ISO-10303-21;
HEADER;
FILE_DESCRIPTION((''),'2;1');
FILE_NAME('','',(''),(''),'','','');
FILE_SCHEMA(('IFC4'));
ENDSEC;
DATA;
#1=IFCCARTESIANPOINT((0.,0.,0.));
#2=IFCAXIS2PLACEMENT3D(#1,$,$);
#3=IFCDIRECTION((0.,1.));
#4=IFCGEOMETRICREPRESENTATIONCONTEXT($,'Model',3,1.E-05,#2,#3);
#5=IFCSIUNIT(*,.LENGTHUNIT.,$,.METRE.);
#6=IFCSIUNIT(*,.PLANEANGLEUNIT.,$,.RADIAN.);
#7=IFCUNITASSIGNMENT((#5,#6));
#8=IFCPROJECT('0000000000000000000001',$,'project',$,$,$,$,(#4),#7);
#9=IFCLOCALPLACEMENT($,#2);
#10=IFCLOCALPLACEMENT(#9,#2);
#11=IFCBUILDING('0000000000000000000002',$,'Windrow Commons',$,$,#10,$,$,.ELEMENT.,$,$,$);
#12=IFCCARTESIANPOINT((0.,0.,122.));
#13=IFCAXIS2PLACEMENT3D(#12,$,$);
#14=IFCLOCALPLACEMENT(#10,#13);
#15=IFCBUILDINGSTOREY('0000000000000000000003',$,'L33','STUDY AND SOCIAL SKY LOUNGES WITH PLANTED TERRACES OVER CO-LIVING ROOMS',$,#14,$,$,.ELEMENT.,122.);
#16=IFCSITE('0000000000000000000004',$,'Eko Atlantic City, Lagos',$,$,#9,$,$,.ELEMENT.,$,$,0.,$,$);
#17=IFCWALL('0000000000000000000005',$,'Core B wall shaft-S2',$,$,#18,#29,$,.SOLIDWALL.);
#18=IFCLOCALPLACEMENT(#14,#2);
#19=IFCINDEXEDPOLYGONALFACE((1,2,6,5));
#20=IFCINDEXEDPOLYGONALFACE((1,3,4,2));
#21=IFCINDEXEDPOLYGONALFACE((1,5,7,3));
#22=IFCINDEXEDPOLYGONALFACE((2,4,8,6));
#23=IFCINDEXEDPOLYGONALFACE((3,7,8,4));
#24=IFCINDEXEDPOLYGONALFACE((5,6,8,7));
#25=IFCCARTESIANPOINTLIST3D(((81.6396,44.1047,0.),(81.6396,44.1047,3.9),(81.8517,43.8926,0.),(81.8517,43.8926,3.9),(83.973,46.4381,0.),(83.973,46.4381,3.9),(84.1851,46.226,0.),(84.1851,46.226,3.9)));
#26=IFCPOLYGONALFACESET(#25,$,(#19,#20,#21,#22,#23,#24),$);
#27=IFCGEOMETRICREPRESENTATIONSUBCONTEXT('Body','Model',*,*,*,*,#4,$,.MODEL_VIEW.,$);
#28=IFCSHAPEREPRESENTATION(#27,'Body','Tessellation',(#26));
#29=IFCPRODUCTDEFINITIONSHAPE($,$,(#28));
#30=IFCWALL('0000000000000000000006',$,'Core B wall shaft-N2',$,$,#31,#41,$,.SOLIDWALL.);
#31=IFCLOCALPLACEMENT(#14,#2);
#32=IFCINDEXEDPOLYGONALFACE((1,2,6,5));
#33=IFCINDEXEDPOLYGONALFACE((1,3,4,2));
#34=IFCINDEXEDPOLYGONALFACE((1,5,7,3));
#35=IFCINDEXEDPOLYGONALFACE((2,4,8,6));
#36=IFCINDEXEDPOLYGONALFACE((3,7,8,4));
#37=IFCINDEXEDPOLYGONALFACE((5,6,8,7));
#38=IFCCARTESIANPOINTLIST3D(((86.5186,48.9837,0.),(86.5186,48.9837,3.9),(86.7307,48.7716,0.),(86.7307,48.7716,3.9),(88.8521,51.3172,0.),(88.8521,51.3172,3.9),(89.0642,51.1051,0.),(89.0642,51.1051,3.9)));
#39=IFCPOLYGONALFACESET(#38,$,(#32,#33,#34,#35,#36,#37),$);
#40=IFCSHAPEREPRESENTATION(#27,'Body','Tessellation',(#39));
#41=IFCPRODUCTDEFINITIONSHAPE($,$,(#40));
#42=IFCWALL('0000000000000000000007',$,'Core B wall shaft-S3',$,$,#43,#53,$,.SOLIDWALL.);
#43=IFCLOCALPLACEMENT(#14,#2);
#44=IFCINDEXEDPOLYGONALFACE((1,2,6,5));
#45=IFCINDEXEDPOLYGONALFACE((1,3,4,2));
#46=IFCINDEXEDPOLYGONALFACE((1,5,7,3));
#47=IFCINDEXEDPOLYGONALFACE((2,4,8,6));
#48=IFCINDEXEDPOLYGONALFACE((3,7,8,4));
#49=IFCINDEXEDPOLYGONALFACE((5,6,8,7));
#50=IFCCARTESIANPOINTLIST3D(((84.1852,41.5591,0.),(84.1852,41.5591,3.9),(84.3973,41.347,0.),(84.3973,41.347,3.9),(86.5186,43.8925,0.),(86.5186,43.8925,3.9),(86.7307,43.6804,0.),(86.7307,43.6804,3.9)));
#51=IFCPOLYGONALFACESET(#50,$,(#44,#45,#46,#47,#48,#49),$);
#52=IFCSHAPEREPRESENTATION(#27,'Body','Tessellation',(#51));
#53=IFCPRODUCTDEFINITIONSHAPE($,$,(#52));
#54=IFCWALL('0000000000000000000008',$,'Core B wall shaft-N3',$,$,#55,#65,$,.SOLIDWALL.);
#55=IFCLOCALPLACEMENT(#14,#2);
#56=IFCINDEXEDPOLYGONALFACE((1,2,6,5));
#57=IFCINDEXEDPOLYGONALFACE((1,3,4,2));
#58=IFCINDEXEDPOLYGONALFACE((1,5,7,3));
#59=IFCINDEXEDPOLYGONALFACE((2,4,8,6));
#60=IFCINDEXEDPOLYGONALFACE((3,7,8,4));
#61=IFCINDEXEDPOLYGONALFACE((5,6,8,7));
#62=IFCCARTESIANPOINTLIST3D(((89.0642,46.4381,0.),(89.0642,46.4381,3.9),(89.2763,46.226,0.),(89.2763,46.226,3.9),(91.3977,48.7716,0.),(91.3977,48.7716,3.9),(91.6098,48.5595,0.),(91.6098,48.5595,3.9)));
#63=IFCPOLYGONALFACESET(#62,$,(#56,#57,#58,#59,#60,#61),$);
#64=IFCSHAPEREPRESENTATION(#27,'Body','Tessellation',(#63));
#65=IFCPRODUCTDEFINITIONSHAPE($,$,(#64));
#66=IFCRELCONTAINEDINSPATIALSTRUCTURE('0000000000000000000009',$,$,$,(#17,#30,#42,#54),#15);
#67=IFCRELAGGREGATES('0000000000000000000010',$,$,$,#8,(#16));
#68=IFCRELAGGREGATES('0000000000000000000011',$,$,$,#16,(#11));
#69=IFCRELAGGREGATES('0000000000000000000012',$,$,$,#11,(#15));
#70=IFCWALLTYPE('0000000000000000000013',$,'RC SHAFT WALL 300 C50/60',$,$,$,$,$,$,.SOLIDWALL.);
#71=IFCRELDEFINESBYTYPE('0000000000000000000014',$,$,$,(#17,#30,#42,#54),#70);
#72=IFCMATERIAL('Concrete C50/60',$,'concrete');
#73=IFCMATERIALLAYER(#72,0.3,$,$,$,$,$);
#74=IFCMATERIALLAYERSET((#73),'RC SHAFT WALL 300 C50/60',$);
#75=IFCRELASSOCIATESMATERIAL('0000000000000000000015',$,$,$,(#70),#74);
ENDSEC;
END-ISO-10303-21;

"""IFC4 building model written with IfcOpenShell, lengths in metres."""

from ifc_helpers import new_model, si_unit, direction, frame, frame_2d, origin, place, context, subcontext, project, spatial, rectangle, extrude, material, layer, layer_set, type_object, element, save


model = new_model("IFC4")

# Units and contexts
model_context = context("Model", 3, precision=1e-05, world=origin(), true_north=direction((0.0, 1.0)))
body_context = subcontext(model_context, "Body", "Model", "MODEL_VIEW")
ifc_project = project(units=[si_unit("LENGTHUNIT", "METRE"), si_unit("PLANEANGLEUNIT", "RADIAN")], contexts=[model_context])

# Site, building, storey
site_placement = place(None, origin())
site = spatial("IfcSite", under=ifc_project, at=site_placement, Name="Eko Atlantic City, Lagos", CompositionType="ELEMENT", RefElevation=0.0)
building_placement = place(site_placement, origin())
building = spatial("IfcBuilding", under=site, at=building_placement, Name="Windrow Commons", CompositionType="ELEMENT")
storey_placement = place(building_placement, frame((0.0, 0.0, 122.0)))
storey = spatial("IfcBuildingStorey", under=building, at=storey_placement, Name="L33", Description="STUDY AND SOCIAL SKY LOUNGES WITH PLANTED TERRACES OVER CO-LIVING ROOMS", CompositionType="ELEMENT", Elevation=122.0)

# Walls
ifc_material_1 = material(Name="Concrete C50/60", Category="concrete")
ifc_layer_1 = layer(ifc_material_1, 0.3)
ifc_layer_set_1 = layer_set([ifc_layer_1], Name="RC SHAFT WALL 300 C50/60")
wall_type_1 = type_object("IfcWallType", Name="RC SHAFT WALL 300 C50/60", PredefinedType="SOLIDWALL", material=ifc_layer_set_1)
wall_1_placement = place(storey_placement, frame((81.7456, 43.9986, 0.0), z_axis=(0.0, 0.0, 1.0), x_axis=(0.707107, 0.707107, 0.0)))
element("IfcWall", 1, at=wall_1_placement, inside=storey, type_object=wall_type_1, Name="Core B wall shaft-S2", PredefinedType="SOLIDWALL", context=body_context, shape_type="SweptSolid", body=[
    extrude(rectangle(XDim=3.2999, YDim=0.3, at=frame_2d((1.65, 0.0))), origin(), (0.0, 0.0, 1.0), 3.9),
])
wall_2_placement = place(storey_placement, frame((86.6246, 48.8776, 0.0), z_axis=(0.0, 0.0, 1.0), x_axis=(0.707107, 0.707107, 0.0)))
element("IfcWall", 2, at=wall_2_placement, inside=storey, type_object=wall_type_1, Name="Core B wall shaft-N2", PredefinedType="SOLIDWALL", context=body_context, shape_type="SweptSolid", body=[
    extrude(rectangle(XDim=3.3001, YDim=0.3, at=frame_2d((1.6501, 0.0))), origin(), (0.0, 0.0, 1.0), 3.9),
])
wall_3_placement = place(storey_placement, frame((84.2912, 41.453, 0.0), z_axis=(0.0, 0.0, 1.0), x_axis=(0.707107, 0.707107, 0.0)))
element("IfcWall", 3, at=wall_3_placement, inside=storey, type_object=wall_type_1, Name="Core B wall shaft-S3", PredefinedType="SOLIDWALL", context=body_context, shape_type="SweptSolid", body=[
    extrude(rectangle(XDim=3.2999, YDim=0.3, at=frame_2d((1.65, 0.0))), origin(), (0.0, 0.0, 1.0), 3.9),
])
wall_4_placement = place(storey_placement, frame((89.1702, 46.332, 0.0), z_axis=(0.0, 0.0, 1.0), x_axis=(0.707107, 0.707107, 0.0)))
element("IfcWall", 4, at=wall_4_placement, inside=storey, type_object=wall_type_1, Name="Core B wall shaft-N3", PredefinedType="SOLIDWALL", context=body_context, shape_type="SweptSolid", body=[
    extrude(rectangle(XDim=3.3001, YDim=0.3, at=frame_2d((1.6501, 0.0))), origin(), (0.0, 0.0, 1.0), 3.9),
])

save(model, "model.ifc")
